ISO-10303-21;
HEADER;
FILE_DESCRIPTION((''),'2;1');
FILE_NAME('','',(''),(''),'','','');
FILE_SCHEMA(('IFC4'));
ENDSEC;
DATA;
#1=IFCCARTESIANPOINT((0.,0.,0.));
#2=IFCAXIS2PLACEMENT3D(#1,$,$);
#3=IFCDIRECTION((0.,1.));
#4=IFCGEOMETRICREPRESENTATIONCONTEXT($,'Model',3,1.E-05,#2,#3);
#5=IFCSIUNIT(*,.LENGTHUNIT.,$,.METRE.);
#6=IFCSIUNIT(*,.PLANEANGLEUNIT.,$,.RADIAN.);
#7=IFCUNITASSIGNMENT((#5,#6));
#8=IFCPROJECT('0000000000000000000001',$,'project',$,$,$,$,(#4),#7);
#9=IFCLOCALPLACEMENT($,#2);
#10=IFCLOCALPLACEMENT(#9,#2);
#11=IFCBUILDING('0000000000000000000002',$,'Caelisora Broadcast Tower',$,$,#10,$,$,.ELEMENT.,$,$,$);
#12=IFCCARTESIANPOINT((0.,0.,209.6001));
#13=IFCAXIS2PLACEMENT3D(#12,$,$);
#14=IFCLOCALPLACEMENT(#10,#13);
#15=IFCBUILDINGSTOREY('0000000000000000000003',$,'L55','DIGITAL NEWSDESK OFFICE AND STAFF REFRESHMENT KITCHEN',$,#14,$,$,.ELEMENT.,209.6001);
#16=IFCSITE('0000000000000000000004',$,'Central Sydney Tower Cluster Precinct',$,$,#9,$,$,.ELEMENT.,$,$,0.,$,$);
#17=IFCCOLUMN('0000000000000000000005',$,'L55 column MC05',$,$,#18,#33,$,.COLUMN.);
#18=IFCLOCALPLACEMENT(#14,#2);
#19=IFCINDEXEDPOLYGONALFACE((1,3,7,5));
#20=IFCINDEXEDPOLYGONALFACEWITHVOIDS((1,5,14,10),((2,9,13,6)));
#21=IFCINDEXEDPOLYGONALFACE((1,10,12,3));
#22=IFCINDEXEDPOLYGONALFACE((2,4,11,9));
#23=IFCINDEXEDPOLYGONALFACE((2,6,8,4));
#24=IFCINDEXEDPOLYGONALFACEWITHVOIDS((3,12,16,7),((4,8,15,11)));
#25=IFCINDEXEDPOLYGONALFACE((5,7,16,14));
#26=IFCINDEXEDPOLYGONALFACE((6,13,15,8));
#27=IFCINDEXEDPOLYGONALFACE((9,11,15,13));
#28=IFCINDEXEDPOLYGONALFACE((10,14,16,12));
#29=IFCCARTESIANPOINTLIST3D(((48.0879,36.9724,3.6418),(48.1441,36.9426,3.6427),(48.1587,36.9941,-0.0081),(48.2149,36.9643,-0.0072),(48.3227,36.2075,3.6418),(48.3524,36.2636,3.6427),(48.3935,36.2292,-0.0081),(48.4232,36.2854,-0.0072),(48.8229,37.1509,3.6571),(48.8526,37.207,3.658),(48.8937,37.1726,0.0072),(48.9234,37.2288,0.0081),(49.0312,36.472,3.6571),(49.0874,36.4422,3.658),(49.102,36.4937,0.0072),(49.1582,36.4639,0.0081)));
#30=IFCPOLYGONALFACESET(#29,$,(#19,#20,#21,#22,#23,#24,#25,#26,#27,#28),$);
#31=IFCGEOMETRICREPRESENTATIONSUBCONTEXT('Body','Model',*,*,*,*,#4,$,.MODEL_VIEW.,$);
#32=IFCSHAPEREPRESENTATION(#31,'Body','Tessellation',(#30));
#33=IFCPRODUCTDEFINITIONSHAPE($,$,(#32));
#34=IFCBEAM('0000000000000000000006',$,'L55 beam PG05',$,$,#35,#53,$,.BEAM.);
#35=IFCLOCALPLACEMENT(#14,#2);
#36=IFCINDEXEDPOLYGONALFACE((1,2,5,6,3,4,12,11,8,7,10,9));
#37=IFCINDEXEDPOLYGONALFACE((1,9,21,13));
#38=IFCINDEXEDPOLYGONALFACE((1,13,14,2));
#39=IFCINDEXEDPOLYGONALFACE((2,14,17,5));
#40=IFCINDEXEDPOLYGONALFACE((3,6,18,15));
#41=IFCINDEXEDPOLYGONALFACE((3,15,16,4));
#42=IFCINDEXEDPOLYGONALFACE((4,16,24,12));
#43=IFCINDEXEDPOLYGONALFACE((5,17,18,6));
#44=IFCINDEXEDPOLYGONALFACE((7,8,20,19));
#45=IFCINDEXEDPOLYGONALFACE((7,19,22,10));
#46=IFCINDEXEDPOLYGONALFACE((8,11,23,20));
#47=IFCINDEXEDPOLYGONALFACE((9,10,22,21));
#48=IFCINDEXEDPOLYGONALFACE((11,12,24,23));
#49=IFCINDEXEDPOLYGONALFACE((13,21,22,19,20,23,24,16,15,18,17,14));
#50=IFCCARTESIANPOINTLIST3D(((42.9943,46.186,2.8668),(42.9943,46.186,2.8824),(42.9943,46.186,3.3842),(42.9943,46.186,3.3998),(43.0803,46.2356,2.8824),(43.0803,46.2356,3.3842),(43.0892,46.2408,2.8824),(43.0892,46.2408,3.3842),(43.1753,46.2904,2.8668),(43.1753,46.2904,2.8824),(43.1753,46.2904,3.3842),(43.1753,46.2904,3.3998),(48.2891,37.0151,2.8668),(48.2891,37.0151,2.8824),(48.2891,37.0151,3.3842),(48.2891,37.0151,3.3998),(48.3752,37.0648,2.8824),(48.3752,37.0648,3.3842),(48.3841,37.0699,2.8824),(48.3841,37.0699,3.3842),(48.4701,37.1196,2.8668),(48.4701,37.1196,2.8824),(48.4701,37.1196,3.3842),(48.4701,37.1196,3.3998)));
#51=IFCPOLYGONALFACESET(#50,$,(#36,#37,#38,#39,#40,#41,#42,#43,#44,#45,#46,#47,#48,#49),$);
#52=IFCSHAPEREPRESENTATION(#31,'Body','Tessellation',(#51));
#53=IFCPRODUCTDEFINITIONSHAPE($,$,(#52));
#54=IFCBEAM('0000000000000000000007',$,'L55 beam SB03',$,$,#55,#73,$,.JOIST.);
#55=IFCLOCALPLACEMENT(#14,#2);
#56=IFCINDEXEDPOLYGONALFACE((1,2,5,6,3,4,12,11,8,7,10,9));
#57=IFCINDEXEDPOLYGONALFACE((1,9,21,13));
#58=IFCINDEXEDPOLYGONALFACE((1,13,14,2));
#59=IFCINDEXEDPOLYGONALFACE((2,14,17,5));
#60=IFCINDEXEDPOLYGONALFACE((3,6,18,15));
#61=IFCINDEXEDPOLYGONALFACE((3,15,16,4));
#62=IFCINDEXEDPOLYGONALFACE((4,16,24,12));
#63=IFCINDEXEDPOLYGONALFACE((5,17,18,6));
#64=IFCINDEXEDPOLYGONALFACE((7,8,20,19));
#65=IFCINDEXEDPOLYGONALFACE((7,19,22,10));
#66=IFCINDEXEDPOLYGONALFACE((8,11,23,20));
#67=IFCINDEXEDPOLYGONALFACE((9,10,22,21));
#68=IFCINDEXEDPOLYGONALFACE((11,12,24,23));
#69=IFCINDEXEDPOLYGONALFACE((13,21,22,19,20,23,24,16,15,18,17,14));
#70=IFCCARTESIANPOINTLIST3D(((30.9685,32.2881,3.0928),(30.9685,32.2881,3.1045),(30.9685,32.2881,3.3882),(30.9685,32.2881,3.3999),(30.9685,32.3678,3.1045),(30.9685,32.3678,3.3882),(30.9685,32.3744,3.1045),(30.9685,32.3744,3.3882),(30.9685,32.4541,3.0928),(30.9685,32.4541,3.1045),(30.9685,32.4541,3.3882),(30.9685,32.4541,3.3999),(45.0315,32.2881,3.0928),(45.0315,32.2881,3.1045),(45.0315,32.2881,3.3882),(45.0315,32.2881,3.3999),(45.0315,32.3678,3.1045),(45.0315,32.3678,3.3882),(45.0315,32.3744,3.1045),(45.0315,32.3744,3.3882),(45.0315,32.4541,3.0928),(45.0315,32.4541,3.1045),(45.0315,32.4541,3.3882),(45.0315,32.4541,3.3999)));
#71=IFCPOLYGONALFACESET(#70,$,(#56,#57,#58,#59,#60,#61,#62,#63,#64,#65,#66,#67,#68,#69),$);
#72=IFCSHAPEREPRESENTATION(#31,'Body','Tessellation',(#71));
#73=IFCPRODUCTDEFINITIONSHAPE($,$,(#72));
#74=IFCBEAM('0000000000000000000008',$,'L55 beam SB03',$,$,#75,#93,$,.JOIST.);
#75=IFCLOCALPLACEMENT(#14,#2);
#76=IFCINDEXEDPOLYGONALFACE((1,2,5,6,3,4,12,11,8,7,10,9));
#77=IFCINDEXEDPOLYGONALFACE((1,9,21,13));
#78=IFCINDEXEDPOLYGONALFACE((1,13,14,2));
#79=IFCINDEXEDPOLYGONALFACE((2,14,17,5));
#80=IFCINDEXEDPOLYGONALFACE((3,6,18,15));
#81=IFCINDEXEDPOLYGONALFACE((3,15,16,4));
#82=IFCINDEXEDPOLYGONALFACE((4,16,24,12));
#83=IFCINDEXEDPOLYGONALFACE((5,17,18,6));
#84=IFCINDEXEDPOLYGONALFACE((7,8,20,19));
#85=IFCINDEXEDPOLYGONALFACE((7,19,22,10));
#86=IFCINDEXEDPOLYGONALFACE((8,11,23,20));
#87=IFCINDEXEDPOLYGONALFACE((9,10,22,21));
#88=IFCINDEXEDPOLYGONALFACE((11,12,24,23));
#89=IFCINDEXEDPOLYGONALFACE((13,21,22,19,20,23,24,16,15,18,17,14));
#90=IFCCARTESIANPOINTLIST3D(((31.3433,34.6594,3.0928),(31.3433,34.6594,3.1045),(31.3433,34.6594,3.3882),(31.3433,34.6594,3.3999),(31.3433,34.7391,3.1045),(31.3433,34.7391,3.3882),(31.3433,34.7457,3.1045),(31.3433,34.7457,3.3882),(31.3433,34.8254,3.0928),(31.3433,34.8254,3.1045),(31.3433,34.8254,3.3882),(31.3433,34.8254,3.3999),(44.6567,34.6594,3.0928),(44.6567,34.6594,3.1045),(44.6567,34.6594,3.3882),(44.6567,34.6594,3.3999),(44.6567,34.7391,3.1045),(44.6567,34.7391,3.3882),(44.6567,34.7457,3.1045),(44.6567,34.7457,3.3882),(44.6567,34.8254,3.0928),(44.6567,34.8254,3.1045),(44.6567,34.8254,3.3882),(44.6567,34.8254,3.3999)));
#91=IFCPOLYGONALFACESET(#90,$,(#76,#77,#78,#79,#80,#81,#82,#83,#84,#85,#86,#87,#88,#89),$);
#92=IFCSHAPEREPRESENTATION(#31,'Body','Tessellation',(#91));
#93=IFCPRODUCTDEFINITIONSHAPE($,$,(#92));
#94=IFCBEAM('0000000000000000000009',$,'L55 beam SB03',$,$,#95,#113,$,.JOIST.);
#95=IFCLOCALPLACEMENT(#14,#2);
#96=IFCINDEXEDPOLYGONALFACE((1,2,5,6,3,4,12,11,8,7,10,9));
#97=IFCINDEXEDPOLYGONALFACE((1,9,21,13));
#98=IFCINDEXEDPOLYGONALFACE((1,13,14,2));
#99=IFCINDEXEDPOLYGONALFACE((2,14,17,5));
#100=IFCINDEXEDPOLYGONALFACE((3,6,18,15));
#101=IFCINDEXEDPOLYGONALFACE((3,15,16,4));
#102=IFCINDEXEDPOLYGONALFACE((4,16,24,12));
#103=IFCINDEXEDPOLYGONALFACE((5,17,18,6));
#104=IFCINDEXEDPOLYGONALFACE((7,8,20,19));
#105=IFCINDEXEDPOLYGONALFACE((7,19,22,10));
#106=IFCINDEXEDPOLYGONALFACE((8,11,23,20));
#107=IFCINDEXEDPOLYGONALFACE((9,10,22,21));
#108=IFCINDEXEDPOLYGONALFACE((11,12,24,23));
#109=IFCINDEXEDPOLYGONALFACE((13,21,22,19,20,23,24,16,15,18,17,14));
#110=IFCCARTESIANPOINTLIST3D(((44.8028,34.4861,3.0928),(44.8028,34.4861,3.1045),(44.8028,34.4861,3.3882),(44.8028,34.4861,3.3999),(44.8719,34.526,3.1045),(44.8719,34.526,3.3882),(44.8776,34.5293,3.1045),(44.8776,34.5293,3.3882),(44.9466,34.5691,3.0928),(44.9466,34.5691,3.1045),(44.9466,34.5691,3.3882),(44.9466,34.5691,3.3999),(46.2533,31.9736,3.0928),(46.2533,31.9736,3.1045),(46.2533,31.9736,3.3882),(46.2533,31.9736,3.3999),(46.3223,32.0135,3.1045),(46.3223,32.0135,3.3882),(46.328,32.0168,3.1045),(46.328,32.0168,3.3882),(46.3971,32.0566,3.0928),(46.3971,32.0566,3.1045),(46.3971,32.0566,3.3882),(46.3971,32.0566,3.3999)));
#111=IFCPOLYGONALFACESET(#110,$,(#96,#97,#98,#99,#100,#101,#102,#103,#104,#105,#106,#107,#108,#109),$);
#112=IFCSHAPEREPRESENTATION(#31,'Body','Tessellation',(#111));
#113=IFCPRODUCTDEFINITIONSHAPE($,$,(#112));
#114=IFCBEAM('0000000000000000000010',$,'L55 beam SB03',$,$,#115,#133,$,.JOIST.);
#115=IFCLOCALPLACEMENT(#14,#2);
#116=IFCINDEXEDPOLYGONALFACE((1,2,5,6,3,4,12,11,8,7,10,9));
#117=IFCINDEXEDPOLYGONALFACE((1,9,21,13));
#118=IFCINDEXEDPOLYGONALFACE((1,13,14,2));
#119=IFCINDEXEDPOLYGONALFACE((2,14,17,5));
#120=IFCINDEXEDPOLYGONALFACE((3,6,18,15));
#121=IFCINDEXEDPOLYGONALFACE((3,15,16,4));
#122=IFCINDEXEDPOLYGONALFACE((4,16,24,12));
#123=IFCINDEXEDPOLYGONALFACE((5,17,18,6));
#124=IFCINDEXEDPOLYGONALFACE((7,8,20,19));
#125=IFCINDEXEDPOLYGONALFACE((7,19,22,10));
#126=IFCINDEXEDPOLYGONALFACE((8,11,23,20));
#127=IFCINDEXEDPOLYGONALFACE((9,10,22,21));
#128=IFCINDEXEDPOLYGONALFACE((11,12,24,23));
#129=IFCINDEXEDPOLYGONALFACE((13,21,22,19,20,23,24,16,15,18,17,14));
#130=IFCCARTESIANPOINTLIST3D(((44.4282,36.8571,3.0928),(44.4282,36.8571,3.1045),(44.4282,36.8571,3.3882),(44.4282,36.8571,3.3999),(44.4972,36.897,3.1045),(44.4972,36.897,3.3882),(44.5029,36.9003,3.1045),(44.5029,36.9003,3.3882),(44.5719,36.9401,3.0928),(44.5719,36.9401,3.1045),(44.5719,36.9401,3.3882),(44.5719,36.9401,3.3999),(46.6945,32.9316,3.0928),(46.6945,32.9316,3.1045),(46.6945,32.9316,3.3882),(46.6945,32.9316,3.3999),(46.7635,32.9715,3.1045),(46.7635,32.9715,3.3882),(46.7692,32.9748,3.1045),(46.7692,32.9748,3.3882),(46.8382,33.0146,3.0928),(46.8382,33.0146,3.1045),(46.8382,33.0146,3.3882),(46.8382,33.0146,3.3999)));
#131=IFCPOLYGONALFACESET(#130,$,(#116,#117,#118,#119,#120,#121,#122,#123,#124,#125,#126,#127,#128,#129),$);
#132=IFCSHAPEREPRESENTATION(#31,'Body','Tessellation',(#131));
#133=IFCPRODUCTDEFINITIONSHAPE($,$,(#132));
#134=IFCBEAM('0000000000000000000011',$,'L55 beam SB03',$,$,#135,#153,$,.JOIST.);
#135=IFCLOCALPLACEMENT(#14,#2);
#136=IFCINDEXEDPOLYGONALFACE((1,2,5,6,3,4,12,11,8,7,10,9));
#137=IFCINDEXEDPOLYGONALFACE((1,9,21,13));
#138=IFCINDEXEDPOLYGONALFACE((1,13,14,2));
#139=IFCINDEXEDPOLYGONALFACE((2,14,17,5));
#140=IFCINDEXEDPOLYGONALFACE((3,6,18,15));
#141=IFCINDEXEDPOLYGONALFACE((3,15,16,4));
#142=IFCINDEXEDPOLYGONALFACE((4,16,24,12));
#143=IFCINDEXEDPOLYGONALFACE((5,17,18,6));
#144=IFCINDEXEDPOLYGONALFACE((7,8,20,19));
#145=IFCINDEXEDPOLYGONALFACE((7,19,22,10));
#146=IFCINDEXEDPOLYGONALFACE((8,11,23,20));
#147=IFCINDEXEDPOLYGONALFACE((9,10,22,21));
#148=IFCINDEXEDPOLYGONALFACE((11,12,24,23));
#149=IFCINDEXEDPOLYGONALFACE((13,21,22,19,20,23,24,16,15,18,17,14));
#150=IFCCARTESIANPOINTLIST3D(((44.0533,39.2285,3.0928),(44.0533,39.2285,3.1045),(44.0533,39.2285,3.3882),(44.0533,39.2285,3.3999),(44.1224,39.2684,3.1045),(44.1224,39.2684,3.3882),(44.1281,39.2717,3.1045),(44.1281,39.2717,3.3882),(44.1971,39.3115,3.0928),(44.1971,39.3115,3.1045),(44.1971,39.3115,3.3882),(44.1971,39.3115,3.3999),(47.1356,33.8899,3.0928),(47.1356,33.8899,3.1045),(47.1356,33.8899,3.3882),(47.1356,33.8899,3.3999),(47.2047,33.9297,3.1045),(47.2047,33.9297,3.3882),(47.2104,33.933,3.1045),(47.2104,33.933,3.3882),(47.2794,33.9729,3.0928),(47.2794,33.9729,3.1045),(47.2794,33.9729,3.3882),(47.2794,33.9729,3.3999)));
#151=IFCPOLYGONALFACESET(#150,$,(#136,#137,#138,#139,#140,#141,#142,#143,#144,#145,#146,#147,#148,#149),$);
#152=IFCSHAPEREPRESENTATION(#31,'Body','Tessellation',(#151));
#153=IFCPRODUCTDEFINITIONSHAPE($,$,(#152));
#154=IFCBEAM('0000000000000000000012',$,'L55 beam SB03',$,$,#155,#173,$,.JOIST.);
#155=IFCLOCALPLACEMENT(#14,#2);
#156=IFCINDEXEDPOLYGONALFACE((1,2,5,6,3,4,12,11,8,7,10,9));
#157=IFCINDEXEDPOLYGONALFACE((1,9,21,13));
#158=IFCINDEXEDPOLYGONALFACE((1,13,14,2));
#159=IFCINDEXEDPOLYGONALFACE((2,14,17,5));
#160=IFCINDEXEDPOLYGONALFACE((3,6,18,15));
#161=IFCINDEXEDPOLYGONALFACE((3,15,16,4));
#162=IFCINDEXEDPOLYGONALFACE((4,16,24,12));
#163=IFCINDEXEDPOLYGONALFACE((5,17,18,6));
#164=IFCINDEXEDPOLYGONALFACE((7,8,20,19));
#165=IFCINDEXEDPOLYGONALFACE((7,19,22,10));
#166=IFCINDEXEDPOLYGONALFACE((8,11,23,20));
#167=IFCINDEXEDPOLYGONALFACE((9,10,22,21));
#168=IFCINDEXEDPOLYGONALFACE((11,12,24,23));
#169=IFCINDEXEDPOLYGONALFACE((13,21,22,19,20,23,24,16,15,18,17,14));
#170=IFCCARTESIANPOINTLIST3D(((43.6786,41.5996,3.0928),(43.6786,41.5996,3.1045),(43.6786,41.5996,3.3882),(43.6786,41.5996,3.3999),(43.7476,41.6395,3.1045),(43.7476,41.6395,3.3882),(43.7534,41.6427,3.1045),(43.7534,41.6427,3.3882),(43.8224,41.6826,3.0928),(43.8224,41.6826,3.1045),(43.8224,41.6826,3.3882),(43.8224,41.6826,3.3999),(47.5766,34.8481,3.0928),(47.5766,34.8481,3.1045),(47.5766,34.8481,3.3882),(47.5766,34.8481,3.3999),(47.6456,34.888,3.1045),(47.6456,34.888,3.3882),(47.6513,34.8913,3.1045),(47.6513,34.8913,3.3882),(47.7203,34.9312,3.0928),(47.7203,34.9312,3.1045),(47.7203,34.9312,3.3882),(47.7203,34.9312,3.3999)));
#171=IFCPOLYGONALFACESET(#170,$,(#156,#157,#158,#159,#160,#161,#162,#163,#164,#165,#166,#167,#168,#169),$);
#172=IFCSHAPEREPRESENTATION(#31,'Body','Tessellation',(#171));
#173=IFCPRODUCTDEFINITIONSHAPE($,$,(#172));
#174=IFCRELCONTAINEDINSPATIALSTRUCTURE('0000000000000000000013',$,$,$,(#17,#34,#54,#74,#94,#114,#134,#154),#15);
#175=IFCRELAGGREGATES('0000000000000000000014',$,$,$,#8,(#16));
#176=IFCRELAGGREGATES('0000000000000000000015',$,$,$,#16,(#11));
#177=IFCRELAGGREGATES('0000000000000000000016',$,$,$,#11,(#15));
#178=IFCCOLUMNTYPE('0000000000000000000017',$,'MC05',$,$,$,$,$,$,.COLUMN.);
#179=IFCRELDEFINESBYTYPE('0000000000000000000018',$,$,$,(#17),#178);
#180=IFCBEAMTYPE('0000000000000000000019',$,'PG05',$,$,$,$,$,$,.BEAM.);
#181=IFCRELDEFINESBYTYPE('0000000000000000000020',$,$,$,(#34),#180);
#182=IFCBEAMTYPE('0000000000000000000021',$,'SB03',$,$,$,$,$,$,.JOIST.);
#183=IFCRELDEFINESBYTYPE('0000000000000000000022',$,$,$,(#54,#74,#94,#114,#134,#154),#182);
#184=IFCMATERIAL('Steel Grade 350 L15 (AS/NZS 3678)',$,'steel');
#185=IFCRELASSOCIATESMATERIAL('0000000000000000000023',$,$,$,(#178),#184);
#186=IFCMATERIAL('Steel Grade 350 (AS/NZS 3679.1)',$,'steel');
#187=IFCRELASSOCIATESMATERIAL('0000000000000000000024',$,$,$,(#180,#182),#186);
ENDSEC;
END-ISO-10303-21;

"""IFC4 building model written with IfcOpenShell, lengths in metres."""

from ifc_helpers import new_model, si_unit, direction, frame, origin, origin_2d, place, context, subcontext, project, spatial, hollow_rectangle, i_section, extrude, source, transform, mapped, material, material_profile, profile_set, type_object, type_shapes, element, save


model = new_model("IFC4")

# Units and contexts
model_context = context("Model", 3, precision=1e-05, world=origin(), true_north=direction((0.0, 1.0)))
body_context = subcontext(model_context, "Body", "Model", "MODEL_VIEW")
ifc_project = project(units=[si_unit("LENGTHUNIT", "METRE"), si_unit("PLANEANGLEUNIT", "RADIAN")], contexts=[model_context])

# Site, building, storey
site_placement = place(None, origin())
site = spatial("IfcSite", under=ifc_project, at=site_placement, Name="Central Sydney Tower Cluster Precinct", CompositionType="ELEMENT", RefElevation=0.0)
building_placement = place(site_placement, origin())
building = spatial("IfcBuilding", under=site, at=building_placement, Name="Caelisora Broadcast Tower", CompositionType="ELEMENT")
storey_placement = place(building_placement, frame((0.0, 0.0, 209.6001)))
storey = spatial("IfcBuildingStorey", under=building, at=storey_placement, Name="L55", Description="DIGITAL NEWSDESK OFFICE AND STAFF REFRESHMENT KITCHEN", CompositionType="ELEMENT", Elevation=209.6001)

# Column
ifc_material_1 = material(Name="Steel Grade 350 L15 (AS/NZS 3678)", Category="steel")
ifc_material_profile_1 = material_profile(ifc_material_1, hollow_rectangle(XDim=0.8, YDim=0.8, WallThickness=0.0449, at=origin_2d()), Name="Steel Grade 350 L15 (AS/NZS 3678)")
ifc_profile_set_1 = profile_set([ifc_material_profile_1], Name="Steel Grade 350 L15 (AS/NZS 3678)")
column_type = type_object("IfcColumnType", Name="MC05", PredefinedType="COLUMN", material=ifc_profile_set_1)
shared_shape_1 = source(origin(), body_context, "Body", "SweptSolid", [
    extrude(hollow_rectangle(XDim=0.8, YDim=0.8, WallThickness=0.0449, at=origin_2d()), origin(), (0.0, 0.0, 1.0), 3.6506),
])
type_shapes(column_type, [shared_shape_1])
column_placement = place(storey_placement, frame((48.6584, 36.729, 0.0), z_axis=(-0.019394, -0.005952, 0.999794), x_axis=(0.293391, -0.955993, 0.0)))
element("IfcColumn", 1, at=column_placement, inside=storey, type_object=column_type, Name="L55 column MC05", PredefinedType="COLUMN", context=body_context, shape_type="MappedRepresentation", body=[
    mapped(shared_shape_1, transform((0.0, 0.0, 0.0), scale=1.0)),
])

# Beams
ifc_material_2 = material(Name="Steel Grade 350 (AS/NZS 3679.1)", Category="steel")
ifc_material_profile_2 = material_profile(ifc_material_2, i_section(OverallWidth=0.209, OverallDepth=0.533, WebThickness=0.0103, FlangeThickness=0.0156, at=origin_2d()), Name="Steel Grade 350 (AS/NZS 3679.1)")
ifc_profile_set_2 = profile_set([ifc_material_profile_2], Name="Steel Grade 350 (AS/NZS 3679.1)")
beam_type_1 = type_object("IfcBeamType", Name="PG05", PredefinedType="BEAM", material=ifc_profile_set_2)
shared_shape_2 = source(origin(), body_context, "Body", "SweptSolid", [
    extrude(i_section(OverallWidth=0.209, OverallDepth=0.533, WebThickness=0.0103, FlangeThickness=0.0156, at=origin_2d()), origin(), (0.0, 0.0, 1.0), 10.5896),
])
type_shapes(beam_type_1, [shared_shape_2])
beam_1_placement = place(storey_placement, frame((48.3796, 37.0674, 3.1333), z_axis=(-0.500007, 0.866021, 0.0), x_axis=(-0.866021, -0.500007, 0.0)))
element("IfcBeam", 2, at=beam_1_placement, inside=storey, type_object=beam_type_1, Name="L55 beam PG05", PredefinedType="BEAM", context=body_context, shape_type="MappedRepresentation", body=[
    mapped(shared_shape_2, transform((0.0, 0.0, 0.0), scale=1.0)),
])
ifc_material_profile_3 = material_profile(ifc_material_2, i_section(OverallWidth=0.166, OverallDepth=0.3071, WebThickness=0.0066, FlangeThickness=0.0117, at=origin_2d()), Name="Steel Grade 350 (AS/NZS 3679.1)")
ifc_profile_set_3 = profile_set([ifc_material_profile_3], Name="Steel Grade 350 (AS/NZS 3679.1)")
beam_type_2 = type_object("IfcBeamType", Name="SB03", PredefinedType="JOIST", material=ifc_profile_set_3)
shared_shape_3 = source(origin(), body_context, "Body", "SweptSolid", [
    extrude(i_section(OverallWidth=0.166, OverallDepth=0.3071, WebThickness=0.0066, FlangeThickness=0.0117, at=origin_2d()), origin(), (0.0, 0.0, 1.0), 14.063),
])
beam_2_placement = place(storey_placement, frame((45.0315, 32.3711, 3.2463), z_axis=(-1.0, 0.0, 0.0), x_axis=(0.0, -1.0, 0.0)))
element("IfcBeam", 3, at=beam_2_placement, inside=storey, type_object=beam_type_2, Name="L55 beam SB03", PredefinedType="JOIST", context=body_context, shape_type="MappedRepresentation", body=[
    mapped(shared_shape_3, transform((0.0, 0.0, 0.0), scale=1.0)),
])
shared_shape_4 = source(origin(), body_context, "Body", "SweptSolid", [
    extrude(i_section(OverallWidth=0.166, OverallDepth=0.3071, WebThickness=0.0066, FlangeThickness=0.0117, at=origin_2d()), origin(), (0.0, 0.0, 1.0), 13.3135),
])
beam_3_placement = place(storey_placement, frame((44.6567, 34.7424, 3.2463), z_axis=(-1.0, 0.0, 0.0), x_axis=(0.0, -1.0, 0.0)))
element("IfcBeam", 4, at=beam_3_placement, inside=storey, type_object=beam_type_2, Name="L55 beam SB03", PredefinedType="JOIST", context=body_context, shape_type="MappedRepresentation", body=[
    mapped(shared_shape_4, transform((0.0, 0.0, 0.0), scale=1.0)),
])
shared_shape_5 = source(origin(), body_context, "Body", "SweptSolid", [
    extrude(i_section(OverallWidth=0.166, OverallDepth=0.3071, WebThickness=0.0066, FlangeThickness=0.0117, at=origin_2d()), origin(), (0.0, 0.0, 1.0), 2.9011),
])
beam_4_placement = place(storey_placement, frame((46.3252, 32.0151, 3.2463), z_axis=(-0.499968, 0.866044, 0.0), x_axis=(-0.866044, -0.499968, 0.0)))
element("IfcBeam", 5, at=beam_4_placement, inside=storey, type_object=beam_type_2, Name="L55 beam SB03", PredefinedType="JOIST", context=body_context, shape_type="MappedRepresentation", body=[
    mapped(shared_shape_5, transform((0.0, 0.0, 0.0), scale=1.0)),
])
shared_shape_6 = source(origin(), body_context, "Body", "SweptSolid", [
    extrude(i_section(OverallWidth=0.166, OverallDepth=0.3071, WebThickness=0.0066, FlangeThickness=0.0117, at=origin_2d()), origin(), (0.0, 0.0, 1.0), 4.5327),
])
beam_5_placement = place(storey_placement, frame((46.7664, 32.9731, 3.2463), z_axis=(-0.499991, 0.86603, 0.0), x_axis=(-0.86603, -0.499991, 0.0)))
element("IfcBeam", 6, at=beam_5_placement, inside=storey, type_object=beam_type_2, Name="L55 beam SB03", PredefinedType="JOIST", context=body_context, shape_type="MappedRepresentation", body=[
    mapped(shared_shape_6, transform((0.0, 0.0, 0.0), scale=1.0)),
])
shared_shape_7 = source(origin(), body_context, "Body", "SweptSolid", [
    extrude(i_section(OverallWidth=0.166, OverallDepth=0.3071, WebThickness=0.0066, FlangeThickness=0.0117, at=origin_2d()), origin(), (0.0, 0.0, 1.0), 6.1646),
])
beam_6_placement = place(storey_placement, frame((47.2075, 33.9314, 3.2463), z_axis=(-0.500002, 0.866024, 0.0), x_axis=(-0.866024, -0.500002, 0.0)))
element("IfcBeam", 7, at=beam_6_placement, inside=storey, type_object=beam_type_2, Name="L55 beam SB03", PredefinedType="JOIST", context=body_context, shape_type="MappedRepresentation", body=[
    mapped(shared_shape_7, transform((0.0, 0.0, 0.0), scale=1.0)),
])
shared_shape_8 = source(origin(), body_context, "Body", "SweptSolid", [
    extrude(i_section(OverallWidth=0.166, OverallDepth=0.3071, WebThickness=0.0066, FlangeThickness=0.0117, at=origin_2d()), origin(), (0.0, 0.0, 1.0), 7.7959),
])
beam_7_placement = place(storey_placement, frame((47.6484, 34.8896, 3.2463), z_axis=(-0.499999, 0.866026, 0.0), x_axis=(-0.866026, -0.499999, 0.0)))
element("IfcBeam", 8, at=beam_7_placement, inside=storey, type_object=beam_type_2, Name="L55 beam SB03", PredefinedType="JOIST", context=body_context, shape_type="MappedRepresentation", body=[
    mapped(shared_shape_8, transform((0.0, 0.0, 0.0), scale=1.0)),
])

save(model, "model.ifc")
